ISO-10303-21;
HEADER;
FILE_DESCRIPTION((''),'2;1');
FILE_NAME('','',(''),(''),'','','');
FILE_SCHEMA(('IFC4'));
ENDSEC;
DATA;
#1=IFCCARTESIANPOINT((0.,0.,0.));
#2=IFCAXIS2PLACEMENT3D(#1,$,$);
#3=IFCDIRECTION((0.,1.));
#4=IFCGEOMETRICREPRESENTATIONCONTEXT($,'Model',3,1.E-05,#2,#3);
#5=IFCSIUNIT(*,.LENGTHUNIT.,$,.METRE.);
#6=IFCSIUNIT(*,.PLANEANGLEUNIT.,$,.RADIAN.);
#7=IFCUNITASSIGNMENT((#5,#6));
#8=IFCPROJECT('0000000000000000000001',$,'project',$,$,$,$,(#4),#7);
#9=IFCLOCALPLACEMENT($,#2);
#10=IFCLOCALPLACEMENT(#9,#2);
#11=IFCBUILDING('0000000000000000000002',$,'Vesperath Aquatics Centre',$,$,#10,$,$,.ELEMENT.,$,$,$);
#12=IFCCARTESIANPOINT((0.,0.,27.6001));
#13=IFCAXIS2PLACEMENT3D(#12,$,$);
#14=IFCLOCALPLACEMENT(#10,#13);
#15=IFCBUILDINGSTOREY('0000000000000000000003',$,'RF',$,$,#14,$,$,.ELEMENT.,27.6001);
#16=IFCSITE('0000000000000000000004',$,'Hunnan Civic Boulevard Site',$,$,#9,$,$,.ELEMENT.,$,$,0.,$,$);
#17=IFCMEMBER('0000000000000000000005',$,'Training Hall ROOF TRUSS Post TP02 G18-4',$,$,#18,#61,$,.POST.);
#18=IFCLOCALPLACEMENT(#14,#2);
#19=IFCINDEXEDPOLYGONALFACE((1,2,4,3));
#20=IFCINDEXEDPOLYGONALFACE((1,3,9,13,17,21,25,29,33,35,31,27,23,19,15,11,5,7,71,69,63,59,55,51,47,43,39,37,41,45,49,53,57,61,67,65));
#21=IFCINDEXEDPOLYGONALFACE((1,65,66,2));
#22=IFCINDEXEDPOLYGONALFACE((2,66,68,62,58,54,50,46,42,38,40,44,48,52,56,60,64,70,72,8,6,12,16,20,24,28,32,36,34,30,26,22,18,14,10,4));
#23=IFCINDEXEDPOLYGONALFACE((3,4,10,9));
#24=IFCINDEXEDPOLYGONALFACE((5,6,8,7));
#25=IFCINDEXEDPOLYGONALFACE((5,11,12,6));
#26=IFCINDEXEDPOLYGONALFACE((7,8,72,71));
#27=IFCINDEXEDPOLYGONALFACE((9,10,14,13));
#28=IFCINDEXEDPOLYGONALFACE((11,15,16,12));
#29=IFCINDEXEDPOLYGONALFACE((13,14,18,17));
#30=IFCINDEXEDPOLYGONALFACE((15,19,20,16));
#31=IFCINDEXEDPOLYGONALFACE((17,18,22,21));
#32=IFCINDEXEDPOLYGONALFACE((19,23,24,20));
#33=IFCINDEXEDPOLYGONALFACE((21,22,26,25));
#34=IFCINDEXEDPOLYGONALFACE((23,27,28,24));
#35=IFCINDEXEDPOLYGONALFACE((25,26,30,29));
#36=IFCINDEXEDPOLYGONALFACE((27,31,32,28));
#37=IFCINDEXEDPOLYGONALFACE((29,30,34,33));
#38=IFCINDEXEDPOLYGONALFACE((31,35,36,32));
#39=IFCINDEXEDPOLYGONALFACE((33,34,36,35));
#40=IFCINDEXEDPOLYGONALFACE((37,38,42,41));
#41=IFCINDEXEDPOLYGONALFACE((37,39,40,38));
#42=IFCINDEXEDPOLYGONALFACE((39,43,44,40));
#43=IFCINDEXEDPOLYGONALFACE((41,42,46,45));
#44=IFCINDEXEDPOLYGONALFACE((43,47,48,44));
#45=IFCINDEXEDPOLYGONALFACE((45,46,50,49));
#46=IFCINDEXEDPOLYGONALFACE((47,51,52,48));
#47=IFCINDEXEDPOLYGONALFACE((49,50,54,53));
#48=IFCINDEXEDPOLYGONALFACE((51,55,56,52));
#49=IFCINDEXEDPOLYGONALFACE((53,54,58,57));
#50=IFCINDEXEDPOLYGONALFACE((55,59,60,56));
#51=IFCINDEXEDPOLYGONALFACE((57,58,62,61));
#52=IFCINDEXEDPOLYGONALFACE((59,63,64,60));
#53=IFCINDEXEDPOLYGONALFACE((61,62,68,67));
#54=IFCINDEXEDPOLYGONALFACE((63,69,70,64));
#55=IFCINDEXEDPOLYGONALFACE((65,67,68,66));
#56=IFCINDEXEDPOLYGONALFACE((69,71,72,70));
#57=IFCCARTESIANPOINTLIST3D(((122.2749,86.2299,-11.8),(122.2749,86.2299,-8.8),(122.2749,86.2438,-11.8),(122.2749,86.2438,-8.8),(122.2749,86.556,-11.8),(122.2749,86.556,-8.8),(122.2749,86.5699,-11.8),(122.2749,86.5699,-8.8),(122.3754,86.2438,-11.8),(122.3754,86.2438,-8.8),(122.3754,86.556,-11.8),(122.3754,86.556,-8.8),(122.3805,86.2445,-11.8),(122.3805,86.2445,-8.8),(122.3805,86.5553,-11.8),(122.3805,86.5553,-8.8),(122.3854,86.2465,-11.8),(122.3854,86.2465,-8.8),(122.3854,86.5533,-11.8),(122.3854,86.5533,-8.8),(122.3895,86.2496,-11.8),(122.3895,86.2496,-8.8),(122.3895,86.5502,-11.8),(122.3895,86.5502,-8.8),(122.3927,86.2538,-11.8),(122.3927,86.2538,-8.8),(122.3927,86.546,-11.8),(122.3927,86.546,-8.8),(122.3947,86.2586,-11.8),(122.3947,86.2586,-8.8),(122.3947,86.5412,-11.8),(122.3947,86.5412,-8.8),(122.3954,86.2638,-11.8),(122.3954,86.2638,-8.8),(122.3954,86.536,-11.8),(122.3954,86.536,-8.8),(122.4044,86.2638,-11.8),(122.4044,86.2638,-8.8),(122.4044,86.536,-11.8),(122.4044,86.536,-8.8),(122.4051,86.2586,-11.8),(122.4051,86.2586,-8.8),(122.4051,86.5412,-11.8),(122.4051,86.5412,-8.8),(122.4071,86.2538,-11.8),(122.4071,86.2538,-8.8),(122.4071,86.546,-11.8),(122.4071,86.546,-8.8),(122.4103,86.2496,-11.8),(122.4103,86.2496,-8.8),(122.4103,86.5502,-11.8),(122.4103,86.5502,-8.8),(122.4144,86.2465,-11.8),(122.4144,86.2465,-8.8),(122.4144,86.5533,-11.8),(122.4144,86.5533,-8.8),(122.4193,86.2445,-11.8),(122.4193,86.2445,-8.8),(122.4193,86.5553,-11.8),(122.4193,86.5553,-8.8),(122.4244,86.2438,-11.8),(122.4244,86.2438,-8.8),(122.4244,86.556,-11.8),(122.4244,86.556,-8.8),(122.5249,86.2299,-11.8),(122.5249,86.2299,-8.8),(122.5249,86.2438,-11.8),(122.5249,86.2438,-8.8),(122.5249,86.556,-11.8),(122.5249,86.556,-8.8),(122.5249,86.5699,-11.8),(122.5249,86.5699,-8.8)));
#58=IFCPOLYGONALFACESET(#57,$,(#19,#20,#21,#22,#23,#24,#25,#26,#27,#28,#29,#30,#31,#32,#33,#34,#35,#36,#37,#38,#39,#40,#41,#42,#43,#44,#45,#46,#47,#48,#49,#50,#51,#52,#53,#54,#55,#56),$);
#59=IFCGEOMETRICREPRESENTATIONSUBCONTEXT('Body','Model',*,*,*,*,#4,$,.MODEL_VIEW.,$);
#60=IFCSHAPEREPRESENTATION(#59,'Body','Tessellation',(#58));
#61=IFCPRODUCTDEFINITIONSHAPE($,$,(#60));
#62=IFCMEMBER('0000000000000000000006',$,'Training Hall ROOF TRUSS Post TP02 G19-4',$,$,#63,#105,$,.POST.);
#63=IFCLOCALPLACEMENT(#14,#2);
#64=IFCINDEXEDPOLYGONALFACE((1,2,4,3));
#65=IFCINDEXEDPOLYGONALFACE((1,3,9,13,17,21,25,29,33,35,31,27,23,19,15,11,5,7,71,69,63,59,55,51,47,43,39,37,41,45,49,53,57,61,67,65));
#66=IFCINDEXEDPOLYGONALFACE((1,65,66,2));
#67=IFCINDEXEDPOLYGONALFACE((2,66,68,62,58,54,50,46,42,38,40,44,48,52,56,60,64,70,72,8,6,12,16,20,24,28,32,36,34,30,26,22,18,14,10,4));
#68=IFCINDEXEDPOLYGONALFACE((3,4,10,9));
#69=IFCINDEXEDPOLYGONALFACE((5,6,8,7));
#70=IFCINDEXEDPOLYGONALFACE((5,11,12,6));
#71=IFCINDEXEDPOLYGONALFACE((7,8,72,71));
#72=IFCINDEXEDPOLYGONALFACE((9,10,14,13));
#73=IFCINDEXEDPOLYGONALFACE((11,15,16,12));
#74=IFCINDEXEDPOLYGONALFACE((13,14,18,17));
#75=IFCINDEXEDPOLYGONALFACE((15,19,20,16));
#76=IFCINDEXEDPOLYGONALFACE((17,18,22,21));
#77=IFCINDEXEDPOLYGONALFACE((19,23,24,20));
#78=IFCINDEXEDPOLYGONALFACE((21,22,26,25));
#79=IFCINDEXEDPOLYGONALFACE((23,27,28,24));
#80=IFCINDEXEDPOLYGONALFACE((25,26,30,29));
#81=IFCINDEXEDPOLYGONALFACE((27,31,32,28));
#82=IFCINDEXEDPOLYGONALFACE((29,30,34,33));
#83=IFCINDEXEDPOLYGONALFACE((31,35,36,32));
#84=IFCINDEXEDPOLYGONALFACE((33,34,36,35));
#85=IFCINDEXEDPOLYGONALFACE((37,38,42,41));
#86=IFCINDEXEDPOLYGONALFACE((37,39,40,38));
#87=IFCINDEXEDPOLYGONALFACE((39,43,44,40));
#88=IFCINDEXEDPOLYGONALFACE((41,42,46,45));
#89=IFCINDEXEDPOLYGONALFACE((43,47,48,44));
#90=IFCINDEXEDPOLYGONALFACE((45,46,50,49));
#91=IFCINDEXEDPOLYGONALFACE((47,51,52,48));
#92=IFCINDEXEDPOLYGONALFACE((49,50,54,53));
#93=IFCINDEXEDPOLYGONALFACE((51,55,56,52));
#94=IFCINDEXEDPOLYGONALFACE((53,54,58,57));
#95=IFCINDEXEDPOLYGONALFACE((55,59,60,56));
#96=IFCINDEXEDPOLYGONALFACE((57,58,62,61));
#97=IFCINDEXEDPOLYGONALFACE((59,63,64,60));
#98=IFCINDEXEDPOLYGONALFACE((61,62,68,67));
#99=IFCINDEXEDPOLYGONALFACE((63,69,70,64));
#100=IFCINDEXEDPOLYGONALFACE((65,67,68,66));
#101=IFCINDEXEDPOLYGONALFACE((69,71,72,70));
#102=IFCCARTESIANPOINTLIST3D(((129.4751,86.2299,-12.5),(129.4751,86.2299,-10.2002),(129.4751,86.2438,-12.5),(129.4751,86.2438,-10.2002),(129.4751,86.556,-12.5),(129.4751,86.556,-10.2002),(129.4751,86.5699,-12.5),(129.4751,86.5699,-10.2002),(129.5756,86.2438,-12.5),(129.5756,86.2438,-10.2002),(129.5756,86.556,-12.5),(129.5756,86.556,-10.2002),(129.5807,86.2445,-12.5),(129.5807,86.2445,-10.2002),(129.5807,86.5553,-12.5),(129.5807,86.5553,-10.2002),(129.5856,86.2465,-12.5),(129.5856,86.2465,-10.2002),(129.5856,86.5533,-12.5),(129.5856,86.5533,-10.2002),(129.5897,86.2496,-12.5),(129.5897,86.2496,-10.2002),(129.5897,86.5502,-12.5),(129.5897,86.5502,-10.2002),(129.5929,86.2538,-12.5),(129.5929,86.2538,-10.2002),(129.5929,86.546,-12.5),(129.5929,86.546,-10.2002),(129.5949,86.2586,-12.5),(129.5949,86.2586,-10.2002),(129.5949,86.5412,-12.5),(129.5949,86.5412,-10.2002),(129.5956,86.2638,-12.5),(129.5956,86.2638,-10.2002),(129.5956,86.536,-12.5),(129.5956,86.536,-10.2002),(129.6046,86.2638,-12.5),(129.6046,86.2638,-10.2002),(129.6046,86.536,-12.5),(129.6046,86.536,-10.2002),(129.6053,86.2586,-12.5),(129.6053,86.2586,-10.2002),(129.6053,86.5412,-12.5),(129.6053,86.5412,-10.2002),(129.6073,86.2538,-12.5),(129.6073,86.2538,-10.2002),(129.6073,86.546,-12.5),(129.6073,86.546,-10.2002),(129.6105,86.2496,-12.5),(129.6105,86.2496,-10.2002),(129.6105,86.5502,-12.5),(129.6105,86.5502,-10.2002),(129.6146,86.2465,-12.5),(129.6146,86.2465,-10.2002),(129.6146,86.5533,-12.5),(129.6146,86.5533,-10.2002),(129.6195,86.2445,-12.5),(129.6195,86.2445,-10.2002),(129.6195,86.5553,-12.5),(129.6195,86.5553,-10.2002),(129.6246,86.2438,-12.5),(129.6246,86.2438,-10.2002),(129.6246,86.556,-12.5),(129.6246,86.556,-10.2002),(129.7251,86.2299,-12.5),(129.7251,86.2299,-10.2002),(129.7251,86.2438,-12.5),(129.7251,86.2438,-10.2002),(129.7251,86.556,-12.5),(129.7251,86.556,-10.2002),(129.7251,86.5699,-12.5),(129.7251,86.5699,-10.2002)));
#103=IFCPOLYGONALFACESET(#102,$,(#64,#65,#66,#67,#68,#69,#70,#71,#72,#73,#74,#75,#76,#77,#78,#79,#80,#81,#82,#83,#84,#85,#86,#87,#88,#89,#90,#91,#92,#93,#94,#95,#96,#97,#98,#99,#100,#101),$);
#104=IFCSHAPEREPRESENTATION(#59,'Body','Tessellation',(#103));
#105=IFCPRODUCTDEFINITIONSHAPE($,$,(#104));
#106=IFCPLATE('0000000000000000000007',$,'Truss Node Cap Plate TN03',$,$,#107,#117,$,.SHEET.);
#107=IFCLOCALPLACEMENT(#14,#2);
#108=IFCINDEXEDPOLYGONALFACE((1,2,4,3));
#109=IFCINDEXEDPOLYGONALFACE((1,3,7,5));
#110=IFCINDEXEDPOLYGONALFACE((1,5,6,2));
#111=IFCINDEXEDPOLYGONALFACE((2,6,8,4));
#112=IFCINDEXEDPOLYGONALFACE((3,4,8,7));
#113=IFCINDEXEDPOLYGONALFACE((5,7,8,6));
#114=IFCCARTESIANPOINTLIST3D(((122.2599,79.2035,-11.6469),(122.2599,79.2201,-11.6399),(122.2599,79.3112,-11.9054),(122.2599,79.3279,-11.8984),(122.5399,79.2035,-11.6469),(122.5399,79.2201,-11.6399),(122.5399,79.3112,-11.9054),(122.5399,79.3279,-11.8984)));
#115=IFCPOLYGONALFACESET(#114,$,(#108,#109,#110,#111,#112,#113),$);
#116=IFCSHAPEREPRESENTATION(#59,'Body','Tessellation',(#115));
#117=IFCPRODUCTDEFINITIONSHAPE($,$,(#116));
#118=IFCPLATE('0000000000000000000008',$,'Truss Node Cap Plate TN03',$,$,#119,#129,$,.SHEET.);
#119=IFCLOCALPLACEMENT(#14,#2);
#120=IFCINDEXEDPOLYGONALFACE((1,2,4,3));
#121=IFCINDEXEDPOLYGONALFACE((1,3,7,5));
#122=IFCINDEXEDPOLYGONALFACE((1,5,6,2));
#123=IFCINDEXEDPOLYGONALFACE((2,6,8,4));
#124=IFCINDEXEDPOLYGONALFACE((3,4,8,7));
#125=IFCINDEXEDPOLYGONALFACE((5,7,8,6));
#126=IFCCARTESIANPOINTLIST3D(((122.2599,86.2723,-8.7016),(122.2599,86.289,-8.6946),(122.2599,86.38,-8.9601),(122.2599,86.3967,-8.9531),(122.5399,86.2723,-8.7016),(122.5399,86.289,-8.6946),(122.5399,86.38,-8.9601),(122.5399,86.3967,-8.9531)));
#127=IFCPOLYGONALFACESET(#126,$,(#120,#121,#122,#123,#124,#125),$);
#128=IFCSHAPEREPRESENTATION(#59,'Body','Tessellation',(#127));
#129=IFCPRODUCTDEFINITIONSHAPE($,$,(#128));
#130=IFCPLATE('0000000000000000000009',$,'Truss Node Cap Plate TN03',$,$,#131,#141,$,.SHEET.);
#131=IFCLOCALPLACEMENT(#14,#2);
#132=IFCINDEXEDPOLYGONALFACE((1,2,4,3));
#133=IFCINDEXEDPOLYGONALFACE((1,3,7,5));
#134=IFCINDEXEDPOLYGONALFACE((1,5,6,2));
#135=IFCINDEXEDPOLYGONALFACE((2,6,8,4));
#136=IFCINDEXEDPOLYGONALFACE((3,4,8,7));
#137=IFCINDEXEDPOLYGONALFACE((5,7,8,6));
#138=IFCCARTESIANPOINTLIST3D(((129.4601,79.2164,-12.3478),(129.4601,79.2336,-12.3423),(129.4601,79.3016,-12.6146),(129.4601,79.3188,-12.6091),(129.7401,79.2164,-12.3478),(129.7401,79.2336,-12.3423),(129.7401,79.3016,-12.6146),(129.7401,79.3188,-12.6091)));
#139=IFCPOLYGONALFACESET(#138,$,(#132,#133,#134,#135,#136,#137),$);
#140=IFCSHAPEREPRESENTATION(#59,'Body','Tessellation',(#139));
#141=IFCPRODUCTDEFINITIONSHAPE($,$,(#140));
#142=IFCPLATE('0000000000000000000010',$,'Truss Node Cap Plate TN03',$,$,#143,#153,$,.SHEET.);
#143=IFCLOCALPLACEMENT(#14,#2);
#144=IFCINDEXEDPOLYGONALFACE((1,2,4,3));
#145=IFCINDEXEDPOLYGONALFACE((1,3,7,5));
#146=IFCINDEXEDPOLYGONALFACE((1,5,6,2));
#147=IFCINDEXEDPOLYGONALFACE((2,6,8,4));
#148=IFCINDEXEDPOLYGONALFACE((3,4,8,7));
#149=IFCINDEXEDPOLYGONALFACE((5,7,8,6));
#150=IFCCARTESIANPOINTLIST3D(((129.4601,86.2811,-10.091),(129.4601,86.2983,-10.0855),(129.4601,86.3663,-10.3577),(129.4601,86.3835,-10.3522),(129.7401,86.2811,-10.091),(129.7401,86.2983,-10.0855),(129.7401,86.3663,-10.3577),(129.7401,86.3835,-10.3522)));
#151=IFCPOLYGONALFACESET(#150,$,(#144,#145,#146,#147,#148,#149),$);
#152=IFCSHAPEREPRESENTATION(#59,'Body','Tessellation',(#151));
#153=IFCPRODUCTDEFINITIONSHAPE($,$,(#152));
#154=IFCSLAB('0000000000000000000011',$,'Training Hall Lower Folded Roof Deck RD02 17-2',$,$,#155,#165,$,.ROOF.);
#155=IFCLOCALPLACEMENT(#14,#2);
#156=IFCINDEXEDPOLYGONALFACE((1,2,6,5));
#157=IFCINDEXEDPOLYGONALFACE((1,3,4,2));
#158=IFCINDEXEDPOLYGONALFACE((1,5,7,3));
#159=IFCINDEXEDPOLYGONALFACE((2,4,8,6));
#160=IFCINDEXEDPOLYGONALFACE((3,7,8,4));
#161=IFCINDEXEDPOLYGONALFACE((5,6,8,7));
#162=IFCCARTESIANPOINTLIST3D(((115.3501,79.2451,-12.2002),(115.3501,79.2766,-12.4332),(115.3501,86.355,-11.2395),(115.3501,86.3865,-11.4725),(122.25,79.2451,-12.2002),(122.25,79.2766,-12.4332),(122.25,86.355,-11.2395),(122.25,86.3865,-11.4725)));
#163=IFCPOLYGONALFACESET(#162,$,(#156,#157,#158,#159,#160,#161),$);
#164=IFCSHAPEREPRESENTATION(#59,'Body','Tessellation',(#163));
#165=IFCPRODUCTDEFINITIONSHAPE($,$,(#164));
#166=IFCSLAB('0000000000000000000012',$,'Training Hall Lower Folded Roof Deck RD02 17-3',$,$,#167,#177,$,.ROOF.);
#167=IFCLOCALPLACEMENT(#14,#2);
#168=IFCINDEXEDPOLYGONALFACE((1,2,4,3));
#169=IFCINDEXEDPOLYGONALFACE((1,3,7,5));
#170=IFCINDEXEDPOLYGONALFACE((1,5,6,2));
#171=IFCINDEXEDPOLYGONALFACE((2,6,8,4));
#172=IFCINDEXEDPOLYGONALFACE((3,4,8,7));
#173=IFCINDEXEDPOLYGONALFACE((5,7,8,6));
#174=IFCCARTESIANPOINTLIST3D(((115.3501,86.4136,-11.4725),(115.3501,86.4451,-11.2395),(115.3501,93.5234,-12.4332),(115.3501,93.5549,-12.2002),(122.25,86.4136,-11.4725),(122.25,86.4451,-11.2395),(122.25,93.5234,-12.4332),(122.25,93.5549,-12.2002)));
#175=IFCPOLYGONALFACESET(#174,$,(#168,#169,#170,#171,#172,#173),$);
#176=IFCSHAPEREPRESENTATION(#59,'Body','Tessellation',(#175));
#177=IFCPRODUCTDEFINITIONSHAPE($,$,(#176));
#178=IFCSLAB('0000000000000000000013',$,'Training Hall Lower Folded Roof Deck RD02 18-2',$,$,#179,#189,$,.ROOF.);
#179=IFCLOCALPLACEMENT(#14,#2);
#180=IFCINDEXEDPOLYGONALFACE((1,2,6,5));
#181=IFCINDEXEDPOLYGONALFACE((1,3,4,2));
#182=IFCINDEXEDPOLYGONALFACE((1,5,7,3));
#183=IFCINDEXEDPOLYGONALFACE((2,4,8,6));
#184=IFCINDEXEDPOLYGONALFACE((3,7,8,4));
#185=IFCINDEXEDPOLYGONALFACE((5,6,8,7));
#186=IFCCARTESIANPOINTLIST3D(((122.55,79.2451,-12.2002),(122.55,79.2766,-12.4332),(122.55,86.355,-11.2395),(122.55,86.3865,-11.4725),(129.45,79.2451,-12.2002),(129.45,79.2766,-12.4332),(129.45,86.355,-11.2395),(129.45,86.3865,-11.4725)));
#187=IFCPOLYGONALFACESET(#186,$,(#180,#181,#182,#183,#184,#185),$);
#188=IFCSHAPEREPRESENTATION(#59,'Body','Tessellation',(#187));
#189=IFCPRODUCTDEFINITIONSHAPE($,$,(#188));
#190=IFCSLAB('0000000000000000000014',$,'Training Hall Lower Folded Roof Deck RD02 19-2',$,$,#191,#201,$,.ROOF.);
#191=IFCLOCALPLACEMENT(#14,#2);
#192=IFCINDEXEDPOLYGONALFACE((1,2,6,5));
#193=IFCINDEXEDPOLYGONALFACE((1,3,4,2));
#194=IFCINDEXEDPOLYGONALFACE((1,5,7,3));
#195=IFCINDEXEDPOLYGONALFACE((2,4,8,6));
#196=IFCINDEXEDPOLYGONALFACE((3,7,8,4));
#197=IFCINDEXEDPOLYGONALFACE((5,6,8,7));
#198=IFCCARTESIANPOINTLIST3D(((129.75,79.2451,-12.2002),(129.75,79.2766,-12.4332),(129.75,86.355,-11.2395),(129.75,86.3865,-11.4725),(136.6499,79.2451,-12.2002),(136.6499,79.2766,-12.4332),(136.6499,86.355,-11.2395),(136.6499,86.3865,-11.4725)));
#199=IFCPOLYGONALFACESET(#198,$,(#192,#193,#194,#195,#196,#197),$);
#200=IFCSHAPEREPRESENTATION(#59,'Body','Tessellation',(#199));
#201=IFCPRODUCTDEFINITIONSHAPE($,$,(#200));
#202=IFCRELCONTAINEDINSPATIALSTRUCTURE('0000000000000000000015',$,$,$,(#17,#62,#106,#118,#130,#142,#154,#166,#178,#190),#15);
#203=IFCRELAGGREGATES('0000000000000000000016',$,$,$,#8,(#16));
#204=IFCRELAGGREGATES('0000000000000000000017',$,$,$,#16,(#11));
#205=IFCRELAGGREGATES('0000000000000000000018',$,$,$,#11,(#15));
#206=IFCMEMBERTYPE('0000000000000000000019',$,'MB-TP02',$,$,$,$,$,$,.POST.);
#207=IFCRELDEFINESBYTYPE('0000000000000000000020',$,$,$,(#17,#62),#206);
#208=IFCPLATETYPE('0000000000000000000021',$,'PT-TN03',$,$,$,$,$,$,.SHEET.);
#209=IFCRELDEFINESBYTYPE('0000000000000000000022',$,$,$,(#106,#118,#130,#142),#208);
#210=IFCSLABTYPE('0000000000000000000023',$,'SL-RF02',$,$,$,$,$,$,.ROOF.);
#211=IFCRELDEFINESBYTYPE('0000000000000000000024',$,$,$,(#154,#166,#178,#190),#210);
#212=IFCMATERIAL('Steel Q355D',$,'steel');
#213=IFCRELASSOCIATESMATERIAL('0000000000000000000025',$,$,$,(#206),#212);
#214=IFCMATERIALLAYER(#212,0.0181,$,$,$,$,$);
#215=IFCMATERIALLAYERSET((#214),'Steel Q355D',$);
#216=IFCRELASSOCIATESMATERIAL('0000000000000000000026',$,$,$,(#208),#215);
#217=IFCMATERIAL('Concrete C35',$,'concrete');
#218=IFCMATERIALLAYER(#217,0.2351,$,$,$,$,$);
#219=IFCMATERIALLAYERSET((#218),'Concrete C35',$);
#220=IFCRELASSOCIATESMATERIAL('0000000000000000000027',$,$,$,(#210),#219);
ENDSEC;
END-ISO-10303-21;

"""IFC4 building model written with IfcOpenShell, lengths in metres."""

from ifc_helpers import new_model, si_unit, direction, frame, origin, origin_2d, place, context, subcontext, project, spatial, polyline, rectangle, i_section, outline, extrude, material, layer, layer_set, material_profile, profile_set, type_object, element, save


model = new_model("IFC4")

# Units and contexts
model_context = context("Model", 3, precision=1e-05, world=origin(), true_north=direction((0.0, 1.0)))
body_context = subcontext(model_context, "Body", "Model", "MODEL_VIEW")
ifc_project = project(units=[si_unit("LENGTHUNIT", "METRE"), si_unit("PLANEANGLEUNIT", "RADIAN")], contexts=[model_context])

# Site, building, storey
site_placement = place(None, origin())
site = spatial("IfcSite", under=ifc_project, at=site_placement, Name="Hunnan Civic Boulevard Site", CompositionType="ELEMENT", RefElevation=0.0)
building_placement = place(site_placement, origin())
building = spatial("IfcBuilding", under=site, at=building_placement, Name="Vesperath Aquatics Centre", CompositionType="ELEMENT")
storey_placement = place(building_placement, frame((0.0, 0.0, 27.6001)))
storey = spatial("IfcBuildingStorey", under=building, at=storey_placement, Name="RF", CompositionType="ELEMENT", Elevation=27.6001)

# Members
ifc_material_1 = material(Name="Steel Q355D", Category="steel")
ifc_material_profile_1 = material_profile(ifc_material_1, i_section(OverallWidth=0.25, OverallDepth=0.3401, WebThickness=0.009, FlangeThickness=0.0139, FilletRadius=0.02, at=origin_2d()), Name="HM 340x250x9x14")
ifc_profile_set_1 = profile_set([ifc_material_profile_1], Name="Steel Q355D")
member_type_1 = type_object("IfcMemberType", Name="MB-TP02", PredefinedType="POST", material=ifc_profile_set_1)
member_1_placement = place(storey_placement, frame((122.3999, 86.3999, -11.8), z_axis=(0.0, 0.0, 1.0), x_axis=(1.0, 0.0, 0.0)))
element("IfcMember", 1, at=member_1_placement, inside=storey, type_object=member_type_1, Name="Training Hall ROOF TRUSS Post TP02 G18-4", PredefinedType="POST", context=body_context, shape_type="SweptSolid", body=[
    extrude(i_section(OverallWidth=0.25, OverallDepth=0.3401, WebThickness=0.009, FlangeThickness=0.0139, FilletRadius=0.02, at=origin_2d()), origin(), (0.0, 0.0, 1.0), 3.0),
])
member_2_placement = place(storey_placement, frame((129.6001, 86.3999, -12.5), z_axis=(0.0, 0.0, 1.0), x_axis=(1.0, 0.0, 0.0)))
element("IfcMember", 2, at=member_2_placement, inside=storey, type_object=member_type_1, Name="Training Hall ROOF TRUSS Post TP02 G19-4", PredefinedType="POST", context=body_context, shape_type="SweptSolid", body=[
    extrude(i_section(OverallWidth=0.25, OverallDepth=0.3401, WebThickness=0.009, FlangeThickness=0.0139, FilletRadius=0.02, at=origin_2d()), origin(), (0.0, 0.0, 1.0), 2.2998),
])

# Plates
ifc_layer_1 = layer(ifc_material_1, 0.0181)
ifc_layer_set_1 = layer_set([ifc_layer_1], Name="Steel Q355D")
plate_type = type_object("IfcPlateType", Name="PT-TN03", PredefinedType="SHEET", material=ifc_layer_set_1)
for number, where, z_axis, x_axis, name in (
    (3, (122.3999, 79.2573, -11.7761), (0.0, 0.923077, 0.384615), (-1.0, 0.0, 0.0), "Truss Node Cap Plate TN03"),
    (4, (122.3999, 86.3262, -8.8308), (0.0, 0.923077, 0.384615), (-1.0, 0.0, 0.0), "Truss Node Cap Plate TN03"),
    (5, (129.6001, 79.259, -12.4812), (0.0, 0.952578, 0.304296), (-1.0, 0.0, 0.0), "Truss Node Cap Plate TN03"),
    (6, (129.6001, 86.3237, -10.2244), (0.0, 0.952578, 0.304296), (-1.0, 0.0, 0.0), "Truss Node Cap Plate TN03"),
):
    element("IfcPlate", number, at=place(storey_placement, frame(where, z_axis=z_axis, x_axis=x_axis)), inside=storey, type_object=plate_type, Name=name, PredefinedType="SHEET", context=body_context, shape_type="SweptSolid", body=[
        extrude(rectangle(XDim=0.28, YDim=0.28, at=origin_2d()), origin(), (0.0, 0.0, 1.0), 0.0181),
    ])

# Slabs
ifc_material_2 = material(Name="Concrete C35", Category="concrete")
ifc_layer_2 = layer(ifc_material_2, 0.2351)
ifc_layer_set_2 = layer_set([ifc_layer_2], Name="Concrete C35")
slab_type = type_object("IfcSlabType", Name="SL-RF02", PredefinedType="ROOF", material=ifc_layer_set_2)
for number, where, z_axis, x_axis, name in (
    (7, (115.3501, 79.2451, -12.2002), (0.0, -0.133904, 0.990994), (1.0, 0.0, 0.0), "Training Hall Lower Folded Roof Deck RD02 17-2"),
    (8, (115.3501, 86.4451, -11.2395), (0.0, 0.133904, 0.990994), (1.0, 0.0, 0.0), "Training Hall Lower Folded Roof Deck RD02 17-3"),
    (9, (122.55, 79.2451, -12.2002), (0.0, -0.133904, 0.990994), (1.0, 0.0, 0.0), "Training Hall Lower Folded Roof Deck RD02 18-2"),
    (10, (129.75, 79.2451, -12.2002), (0.0, -0.133904, 0.990994), (1.0, 0.0, 0.0), "Training Hall Lower Folded Roof Deck RD02 19-2"),
):
    element("IfcSlab", number, at=place(storey_placement, frame(where, z_axis=z_axis, x_axis=x_axis)), inside=storey, type_object=slab_type, Name=name, PredefinedType="ROOF", context=body_context, shape_type="SweptSolid", body=[
        extrude(outline(polyline([(0.0, 0.0), (6.8999, 0.0), (6.8999, 7.1745), (0.0, 7.1745), (0.0, 0.0)])), origin(), (0.0, 0.0, -1.0), 0.2351),
    ])

save(model, "model.ifc")
